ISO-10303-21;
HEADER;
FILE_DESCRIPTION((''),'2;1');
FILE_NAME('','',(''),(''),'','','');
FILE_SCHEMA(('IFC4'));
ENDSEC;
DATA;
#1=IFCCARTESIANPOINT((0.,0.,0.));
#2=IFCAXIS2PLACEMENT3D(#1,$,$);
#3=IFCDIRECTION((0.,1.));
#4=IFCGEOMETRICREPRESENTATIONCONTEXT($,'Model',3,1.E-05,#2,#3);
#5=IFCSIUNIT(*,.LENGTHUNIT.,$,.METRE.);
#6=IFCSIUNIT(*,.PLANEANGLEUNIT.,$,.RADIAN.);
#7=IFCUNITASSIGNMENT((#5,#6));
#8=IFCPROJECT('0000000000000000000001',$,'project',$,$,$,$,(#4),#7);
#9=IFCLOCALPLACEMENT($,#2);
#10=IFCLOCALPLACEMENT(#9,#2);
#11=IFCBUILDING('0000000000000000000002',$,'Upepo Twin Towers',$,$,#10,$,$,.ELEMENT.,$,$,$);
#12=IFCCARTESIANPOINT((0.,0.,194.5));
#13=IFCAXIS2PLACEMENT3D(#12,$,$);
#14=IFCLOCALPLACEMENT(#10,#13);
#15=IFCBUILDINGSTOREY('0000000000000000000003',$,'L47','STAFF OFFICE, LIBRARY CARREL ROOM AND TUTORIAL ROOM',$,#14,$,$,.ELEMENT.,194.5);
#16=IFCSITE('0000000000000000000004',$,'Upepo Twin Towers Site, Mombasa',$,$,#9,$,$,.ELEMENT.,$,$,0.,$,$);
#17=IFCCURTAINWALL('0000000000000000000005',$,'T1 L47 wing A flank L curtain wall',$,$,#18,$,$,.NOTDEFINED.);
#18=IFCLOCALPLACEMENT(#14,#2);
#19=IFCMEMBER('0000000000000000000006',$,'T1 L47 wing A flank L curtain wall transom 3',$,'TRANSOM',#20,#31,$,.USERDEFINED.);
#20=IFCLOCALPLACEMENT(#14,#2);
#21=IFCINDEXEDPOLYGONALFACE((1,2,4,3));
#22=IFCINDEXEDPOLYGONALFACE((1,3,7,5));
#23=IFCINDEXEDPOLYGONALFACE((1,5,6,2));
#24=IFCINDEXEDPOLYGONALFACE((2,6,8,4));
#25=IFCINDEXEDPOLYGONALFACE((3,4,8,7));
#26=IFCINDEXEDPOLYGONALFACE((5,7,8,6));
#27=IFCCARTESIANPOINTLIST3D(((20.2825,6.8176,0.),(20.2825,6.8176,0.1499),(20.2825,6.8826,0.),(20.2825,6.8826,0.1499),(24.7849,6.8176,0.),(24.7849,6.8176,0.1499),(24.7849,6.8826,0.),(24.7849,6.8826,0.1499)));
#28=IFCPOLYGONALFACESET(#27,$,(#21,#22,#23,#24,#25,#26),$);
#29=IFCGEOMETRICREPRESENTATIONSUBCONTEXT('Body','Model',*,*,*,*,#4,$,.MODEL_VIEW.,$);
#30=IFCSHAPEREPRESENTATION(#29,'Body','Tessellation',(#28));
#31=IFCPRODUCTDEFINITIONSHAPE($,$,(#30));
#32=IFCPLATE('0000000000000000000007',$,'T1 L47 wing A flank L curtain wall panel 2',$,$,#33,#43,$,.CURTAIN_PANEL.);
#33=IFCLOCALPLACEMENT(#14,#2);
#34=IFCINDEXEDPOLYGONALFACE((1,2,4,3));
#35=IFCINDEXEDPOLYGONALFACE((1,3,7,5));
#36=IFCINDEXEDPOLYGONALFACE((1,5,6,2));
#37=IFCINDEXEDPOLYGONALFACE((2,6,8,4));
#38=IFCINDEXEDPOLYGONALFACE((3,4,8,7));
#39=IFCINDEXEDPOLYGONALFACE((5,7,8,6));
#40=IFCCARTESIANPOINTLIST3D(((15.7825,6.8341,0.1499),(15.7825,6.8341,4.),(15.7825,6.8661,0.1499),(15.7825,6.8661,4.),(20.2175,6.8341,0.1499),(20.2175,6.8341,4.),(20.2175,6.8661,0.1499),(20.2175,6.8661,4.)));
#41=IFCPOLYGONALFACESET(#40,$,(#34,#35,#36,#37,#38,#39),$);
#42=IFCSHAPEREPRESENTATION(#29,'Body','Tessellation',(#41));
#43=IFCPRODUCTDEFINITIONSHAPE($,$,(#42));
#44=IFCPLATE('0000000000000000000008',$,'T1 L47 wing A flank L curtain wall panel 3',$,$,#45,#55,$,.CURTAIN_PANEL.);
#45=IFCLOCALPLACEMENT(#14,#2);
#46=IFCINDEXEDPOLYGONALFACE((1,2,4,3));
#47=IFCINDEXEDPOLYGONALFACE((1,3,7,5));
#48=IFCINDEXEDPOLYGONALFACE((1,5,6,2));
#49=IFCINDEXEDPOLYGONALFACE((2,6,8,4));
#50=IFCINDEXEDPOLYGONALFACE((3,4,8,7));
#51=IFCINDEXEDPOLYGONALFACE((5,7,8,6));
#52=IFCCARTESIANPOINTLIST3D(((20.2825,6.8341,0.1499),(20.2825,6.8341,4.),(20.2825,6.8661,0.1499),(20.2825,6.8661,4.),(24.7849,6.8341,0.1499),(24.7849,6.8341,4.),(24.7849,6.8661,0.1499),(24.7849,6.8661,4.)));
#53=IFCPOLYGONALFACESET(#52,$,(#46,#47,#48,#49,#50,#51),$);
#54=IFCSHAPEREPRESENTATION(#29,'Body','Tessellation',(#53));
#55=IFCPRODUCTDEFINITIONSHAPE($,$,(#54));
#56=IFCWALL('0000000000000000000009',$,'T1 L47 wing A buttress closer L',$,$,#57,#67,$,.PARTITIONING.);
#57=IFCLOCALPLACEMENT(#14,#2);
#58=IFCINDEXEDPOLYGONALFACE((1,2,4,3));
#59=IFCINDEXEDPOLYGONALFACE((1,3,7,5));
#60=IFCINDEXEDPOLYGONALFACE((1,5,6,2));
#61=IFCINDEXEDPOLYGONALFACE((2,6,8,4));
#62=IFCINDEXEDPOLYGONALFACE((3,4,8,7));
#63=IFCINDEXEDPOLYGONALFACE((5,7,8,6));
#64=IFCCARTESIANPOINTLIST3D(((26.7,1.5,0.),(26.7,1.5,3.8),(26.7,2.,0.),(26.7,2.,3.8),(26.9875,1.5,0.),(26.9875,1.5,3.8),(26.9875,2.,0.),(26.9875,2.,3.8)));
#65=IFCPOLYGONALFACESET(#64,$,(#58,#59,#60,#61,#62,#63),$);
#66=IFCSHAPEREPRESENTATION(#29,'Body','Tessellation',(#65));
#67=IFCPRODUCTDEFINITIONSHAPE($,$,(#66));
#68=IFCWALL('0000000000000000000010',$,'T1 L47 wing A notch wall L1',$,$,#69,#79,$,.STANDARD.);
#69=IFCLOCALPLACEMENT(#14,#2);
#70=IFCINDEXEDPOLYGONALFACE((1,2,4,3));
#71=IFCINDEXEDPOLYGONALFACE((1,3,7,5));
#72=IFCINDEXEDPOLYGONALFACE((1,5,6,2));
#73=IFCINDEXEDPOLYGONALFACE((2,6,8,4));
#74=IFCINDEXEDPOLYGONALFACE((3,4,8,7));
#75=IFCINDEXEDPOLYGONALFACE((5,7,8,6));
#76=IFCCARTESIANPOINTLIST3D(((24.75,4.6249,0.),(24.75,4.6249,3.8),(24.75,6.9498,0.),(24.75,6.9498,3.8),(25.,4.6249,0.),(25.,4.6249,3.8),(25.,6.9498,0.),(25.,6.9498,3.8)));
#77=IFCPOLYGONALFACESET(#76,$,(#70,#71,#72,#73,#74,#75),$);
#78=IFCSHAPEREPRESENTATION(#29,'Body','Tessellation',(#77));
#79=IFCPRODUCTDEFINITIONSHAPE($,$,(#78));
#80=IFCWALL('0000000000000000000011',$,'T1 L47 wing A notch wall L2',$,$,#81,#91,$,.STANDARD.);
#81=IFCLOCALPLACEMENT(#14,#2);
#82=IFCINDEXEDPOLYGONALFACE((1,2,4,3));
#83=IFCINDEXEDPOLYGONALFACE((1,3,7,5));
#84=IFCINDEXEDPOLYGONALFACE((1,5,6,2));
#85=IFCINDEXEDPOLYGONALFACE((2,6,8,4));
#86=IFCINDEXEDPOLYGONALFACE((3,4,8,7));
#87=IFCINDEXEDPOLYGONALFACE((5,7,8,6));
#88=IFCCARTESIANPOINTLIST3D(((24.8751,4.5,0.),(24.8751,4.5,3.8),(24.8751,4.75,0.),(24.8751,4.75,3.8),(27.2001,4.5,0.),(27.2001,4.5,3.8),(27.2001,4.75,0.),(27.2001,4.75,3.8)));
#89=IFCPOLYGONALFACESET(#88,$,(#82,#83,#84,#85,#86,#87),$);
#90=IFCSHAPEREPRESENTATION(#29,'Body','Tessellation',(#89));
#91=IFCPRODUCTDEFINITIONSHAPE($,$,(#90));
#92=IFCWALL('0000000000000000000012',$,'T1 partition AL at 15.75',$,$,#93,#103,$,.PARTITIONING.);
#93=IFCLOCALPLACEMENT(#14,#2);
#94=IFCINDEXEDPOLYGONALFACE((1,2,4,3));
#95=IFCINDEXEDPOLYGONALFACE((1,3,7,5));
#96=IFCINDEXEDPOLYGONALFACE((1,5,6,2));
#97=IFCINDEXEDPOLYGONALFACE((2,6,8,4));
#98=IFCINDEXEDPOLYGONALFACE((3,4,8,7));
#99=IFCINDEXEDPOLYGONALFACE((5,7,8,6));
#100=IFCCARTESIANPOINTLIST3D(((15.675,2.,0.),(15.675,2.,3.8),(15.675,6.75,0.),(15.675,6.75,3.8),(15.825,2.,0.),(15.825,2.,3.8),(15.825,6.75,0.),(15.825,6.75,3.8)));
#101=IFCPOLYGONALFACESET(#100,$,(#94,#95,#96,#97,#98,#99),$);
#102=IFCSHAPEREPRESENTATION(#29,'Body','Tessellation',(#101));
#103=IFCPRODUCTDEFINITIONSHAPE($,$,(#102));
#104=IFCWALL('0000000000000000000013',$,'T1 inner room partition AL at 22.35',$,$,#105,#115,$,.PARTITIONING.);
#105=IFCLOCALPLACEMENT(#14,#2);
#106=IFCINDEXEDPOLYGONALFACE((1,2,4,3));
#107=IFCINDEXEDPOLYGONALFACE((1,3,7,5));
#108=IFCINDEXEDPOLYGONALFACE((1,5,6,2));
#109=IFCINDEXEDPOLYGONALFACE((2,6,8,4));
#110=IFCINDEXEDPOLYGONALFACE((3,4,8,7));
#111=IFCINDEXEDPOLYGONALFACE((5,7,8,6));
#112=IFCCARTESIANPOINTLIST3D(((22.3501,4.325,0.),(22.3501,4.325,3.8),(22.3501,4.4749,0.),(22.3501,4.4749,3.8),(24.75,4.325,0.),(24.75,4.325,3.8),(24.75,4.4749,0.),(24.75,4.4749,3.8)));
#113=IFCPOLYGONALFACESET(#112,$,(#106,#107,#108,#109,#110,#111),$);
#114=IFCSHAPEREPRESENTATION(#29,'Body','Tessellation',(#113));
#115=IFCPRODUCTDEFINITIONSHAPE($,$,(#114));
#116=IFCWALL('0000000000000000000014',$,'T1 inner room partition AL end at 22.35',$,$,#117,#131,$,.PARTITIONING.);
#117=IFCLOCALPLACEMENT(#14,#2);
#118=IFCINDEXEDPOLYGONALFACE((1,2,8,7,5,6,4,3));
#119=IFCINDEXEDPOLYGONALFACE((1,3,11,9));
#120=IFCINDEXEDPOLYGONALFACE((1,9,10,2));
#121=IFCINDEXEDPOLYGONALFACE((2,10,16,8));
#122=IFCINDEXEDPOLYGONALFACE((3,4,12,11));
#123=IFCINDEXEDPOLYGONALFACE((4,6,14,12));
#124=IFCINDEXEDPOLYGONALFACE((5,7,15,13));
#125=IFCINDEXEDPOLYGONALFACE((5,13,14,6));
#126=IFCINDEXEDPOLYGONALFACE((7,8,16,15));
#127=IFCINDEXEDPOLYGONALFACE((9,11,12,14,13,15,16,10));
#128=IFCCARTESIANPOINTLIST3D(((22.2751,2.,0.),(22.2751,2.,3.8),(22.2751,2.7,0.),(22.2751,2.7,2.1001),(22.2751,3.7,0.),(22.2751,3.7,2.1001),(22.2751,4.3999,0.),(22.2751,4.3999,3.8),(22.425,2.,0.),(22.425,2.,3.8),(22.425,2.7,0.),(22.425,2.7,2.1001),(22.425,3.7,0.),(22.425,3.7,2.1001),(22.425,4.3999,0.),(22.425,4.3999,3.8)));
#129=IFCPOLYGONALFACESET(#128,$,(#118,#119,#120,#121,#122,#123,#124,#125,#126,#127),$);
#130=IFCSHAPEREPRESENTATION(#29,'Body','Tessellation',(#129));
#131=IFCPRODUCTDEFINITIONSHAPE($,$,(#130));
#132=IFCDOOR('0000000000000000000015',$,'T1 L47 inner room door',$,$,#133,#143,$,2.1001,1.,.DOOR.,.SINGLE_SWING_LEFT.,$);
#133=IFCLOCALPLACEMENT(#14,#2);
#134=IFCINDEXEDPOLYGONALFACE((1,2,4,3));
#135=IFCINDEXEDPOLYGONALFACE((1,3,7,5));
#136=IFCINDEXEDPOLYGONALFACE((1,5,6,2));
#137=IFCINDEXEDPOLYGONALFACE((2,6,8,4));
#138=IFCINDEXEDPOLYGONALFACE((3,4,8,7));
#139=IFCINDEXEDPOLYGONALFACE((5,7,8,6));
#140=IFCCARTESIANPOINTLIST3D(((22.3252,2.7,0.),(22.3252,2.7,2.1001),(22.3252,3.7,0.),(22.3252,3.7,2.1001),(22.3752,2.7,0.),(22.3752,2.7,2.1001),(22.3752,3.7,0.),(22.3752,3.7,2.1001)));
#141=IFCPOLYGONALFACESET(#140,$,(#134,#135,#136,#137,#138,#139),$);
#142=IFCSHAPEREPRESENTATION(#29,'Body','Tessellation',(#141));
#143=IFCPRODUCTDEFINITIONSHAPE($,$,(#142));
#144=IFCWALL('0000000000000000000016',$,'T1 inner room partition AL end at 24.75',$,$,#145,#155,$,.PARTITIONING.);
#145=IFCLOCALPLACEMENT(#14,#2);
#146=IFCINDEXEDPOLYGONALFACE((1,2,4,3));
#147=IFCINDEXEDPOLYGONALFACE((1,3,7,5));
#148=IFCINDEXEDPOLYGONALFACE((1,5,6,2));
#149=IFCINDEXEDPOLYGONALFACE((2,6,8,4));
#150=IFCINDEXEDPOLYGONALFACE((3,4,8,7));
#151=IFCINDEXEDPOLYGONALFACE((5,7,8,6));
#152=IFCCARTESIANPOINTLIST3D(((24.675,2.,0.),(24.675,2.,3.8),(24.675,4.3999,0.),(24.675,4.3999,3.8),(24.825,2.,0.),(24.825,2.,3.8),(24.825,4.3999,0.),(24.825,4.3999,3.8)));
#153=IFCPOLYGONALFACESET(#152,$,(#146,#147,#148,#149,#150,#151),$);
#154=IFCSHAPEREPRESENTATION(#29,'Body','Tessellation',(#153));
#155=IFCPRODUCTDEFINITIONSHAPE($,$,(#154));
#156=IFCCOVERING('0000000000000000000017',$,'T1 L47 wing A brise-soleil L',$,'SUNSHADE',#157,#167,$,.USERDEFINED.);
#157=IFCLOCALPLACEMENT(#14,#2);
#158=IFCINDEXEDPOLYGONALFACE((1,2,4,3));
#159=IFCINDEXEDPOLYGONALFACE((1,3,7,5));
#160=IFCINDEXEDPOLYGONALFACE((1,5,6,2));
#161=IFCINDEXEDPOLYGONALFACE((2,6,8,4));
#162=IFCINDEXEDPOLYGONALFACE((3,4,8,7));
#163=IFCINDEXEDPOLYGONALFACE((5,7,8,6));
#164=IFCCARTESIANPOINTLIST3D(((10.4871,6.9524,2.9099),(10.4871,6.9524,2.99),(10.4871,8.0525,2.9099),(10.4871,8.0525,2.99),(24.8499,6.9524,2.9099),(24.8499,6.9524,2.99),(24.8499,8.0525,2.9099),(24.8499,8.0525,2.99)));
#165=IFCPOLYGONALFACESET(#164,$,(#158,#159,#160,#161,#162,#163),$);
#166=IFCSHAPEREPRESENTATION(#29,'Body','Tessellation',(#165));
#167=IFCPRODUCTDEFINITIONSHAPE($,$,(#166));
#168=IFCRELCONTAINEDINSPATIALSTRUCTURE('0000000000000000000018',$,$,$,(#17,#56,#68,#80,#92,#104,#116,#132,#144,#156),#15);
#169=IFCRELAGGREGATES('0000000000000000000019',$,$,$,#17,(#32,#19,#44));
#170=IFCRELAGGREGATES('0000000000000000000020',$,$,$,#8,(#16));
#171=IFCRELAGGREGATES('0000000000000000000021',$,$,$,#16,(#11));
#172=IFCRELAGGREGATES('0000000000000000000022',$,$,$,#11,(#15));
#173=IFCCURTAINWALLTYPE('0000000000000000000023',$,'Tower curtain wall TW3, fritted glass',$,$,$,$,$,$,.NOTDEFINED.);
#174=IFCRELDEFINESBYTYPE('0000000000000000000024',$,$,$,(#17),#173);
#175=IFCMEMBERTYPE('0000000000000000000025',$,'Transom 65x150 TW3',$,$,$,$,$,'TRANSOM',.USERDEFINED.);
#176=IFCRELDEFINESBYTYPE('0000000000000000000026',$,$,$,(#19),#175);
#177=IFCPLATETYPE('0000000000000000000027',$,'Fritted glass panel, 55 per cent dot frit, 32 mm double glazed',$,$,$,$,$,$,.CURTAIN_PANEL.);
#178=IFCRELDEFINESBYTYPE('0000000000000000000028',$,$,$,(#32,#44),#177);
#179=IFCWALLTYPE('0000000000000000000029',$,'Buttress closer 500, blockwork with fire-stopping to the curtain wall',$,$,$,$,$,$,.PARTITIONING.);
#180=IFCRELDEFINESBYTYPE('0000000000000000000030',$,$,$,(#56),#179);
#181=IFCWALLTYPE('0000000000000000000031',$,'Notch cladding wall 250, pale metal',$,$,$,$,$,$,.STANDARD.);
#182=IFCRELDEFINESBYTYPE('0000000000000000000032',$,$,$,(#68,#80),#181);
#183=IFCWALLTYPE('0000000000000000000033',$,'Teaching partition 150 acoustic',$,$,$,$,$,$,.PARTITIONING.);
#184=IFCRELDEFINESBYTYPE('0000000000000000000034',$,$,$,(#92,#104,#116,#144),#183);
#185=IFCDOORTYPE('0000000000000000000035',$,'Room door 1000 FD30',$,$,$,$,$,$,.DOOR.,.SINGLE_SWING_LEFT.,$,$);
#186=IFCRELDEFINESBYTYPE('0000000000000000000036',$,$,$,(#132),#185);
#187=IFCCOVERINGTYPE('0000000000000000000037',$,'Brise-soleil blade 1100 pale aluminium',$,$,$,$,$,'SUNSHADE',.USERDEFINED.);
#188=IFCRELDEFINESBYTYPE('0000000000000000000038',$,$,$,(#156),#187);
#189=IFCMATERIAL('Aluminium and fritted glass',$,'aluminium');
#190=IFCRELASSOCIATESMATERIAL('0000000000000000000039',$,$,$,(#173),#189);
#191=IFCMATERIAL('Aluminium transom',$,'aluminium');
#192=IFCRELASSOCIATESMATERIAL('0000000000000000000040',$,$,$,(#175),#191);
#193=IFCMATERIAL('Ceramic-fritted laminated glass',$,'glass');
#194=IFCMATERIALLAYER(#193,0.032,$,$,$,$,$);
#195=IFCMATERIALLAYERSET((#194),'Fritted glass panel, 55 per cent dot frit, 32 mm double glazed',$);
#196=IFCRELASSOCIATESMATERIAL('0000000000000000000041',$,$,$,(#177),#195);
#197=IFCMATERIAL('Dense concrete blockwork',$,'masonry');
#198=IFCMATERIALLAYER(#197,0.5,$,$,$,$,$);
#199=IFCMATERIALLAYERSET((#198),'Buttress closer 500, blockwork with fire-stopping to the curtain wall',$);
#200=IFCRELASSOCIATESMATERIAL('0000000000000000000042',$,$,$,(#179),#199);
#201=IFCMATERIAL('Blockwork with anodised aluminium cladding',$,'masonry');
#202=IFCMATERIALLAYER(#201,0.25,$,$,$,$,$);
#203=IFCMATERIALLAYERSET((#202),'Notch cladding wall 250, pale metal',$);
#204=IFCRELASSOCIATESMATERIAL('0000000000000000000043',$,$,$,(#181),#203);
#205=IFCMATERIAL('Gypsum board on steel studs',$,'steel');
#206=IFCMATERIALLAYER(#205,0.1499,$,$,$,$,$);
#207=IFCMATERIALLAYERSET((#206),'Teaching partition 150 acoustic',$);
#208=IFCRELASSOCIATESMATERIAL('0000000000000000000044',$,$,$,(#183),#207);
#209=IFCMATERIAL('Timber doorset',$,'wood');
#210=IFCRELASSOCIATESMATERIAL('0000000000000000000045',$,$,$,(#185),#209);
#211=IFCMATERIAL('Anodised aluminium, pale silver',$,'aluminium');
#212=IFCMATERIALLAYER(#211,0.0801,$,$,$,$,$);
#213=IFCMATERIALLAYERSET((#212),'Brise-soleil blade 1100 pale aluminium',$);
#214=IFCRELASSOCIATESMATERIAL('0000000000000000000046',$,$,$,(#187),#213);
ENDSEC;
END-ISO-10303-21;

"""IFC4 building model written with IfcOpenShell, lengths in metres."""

from ifc_helpers import new_model, si_unit, direction, frame, frame_2d, origin, origin_2d, place, context, subcontext, project, spatial, rectangle, extrude, material, layer, layer_set, material_profile, profile_set, type_object, element, fill, aggregate, save


model = new_model("IFC4")

# Units and contexts
model_context = context("Model", 3, precision=1e-05, world=origin(), true_north=direction((0.0, 1.0)))
body_context = subcontext(model_context, "Body", "Model", "MODEL_VIEW")
ifc_project = project(units=[si_unit("LENGTHUNIT", "METRE"), si_unit("PLANEANGLEUNIT", "RADIAN")], contexts=[model_context])

# Site, building, storey
site_placement = place(None, origin())
site = spatial("IfcSite", under=ifc_project, at=site_placement, Name="Upepo Twin Towers Site, Mombasa", CompositionType="ELEMENT", RefElevation=0.0)
building_placement = place(site_placement, origin())
building = spatial("IfcBuilding", under=site, at=building_placement, Name="Upepo Twin Towers", CompositionType="ELEMENT")
storey_placement = place(building_placement, frame((0.0, 0.0, 194.5)))
storey = spatial("IfcBuildingStorey", under=building, at=storey_placement, Name="L47", Description="STAFF OFFICE, LIBRARY CARREL ROOM AND TUTORIAL ROOM", CompositionType="ELEMENT", Elevation=194.5)

# Curtain wall
ifc_material_1 = material(Name="Aluminium and fritted glass", Category="aluminium")
curtain_wall_type = type_object("IfcCurtainWallType", Name="Tower curtain wall TW3, fritted glass", PredefinedType="NOTDEFINED", material=ifc_material_1)
curtain_wall_1_placement = place(storey_placement, origin())
curtain_wall_1 = element("IfcCurtainWall", 1, at=curtain_wall_1_placement, inside=storey, type_object=curtain_wall_type, Name="T1 L47 wing A flank L curtain wall", PredefinedType="NOTDEFINED")

# Member
ifc_material_2 = material(Name="Aluminium transom", Category="aluminium")
ifc_material_profile_1 = material_profile(ifc_material_2, rectangle(XDim=0.0649, YDim=0.1499, at=origin_2d()), Name="TRANSOM 65x150")
ifc_profile_set_1 = profile_set([ifc_material_profile_1], Name="Aluminium transom")
member_type_1 = type_object("IfcMemberType", Name="Transom 65x150 TW3", ElementType="TRANSOM", PredefinedType="USERDEFINED", material=ifc_profile_set_1)
member_1_placement = place(storey_placement, frame((20.2825, 6.8501, 0.075), z_axis=(1.0, 0.0, 0.0), x_axis=(0.0, 1.0, 0.0)))
member_1 = element("IfcMember", 2, at=member_1_placement, type_object=member_type_1, Name="T1 L47 wing A flank L curtain wall transom 3", ObjectType="TRANSOM", PredefinedType="USERDEFINED", context=body_context, shape_type="SweptSolid", body=[
    extrude(rectangle(XDim=0.0649, YDim=0.1499, at=origin_2d()), origin(), (0.0, 0.0, 1.0), 4.5024),
])

# Plates
ifc_material_3 = material(Name="Ceramic-fritted laminated glass", Category="glass")
ifc_layer_1 = layer(ifc_material_3, 0.032)
ifc_layer_set_1 = layer_set([ifc_layer_1], Name="Fritted glass panel, 55 per cent dot frit, 32 mm double glazed")
plate_type = type_object("IfcPlateType", Name="Fritted glass panel, 55 per cent dot frit, 32 mm double glazed", PredefinedType="CURTAIN_PANEL", material=ifc_layer_set_1)
plate_1_placement = place(storey_placement, frame((18.0, 6.8501, 0.1499), z_axis=(0.0, 0.0, 1.0), x_axis=(1.0, 0.0, 0.0)))
plate_1 = element("IfcPlate", 3, at=plate_1_placement, type_object=plate_type, Name="T1 L47 wing A flank L curtain wall panel 2", PredefinedType="CURTAIN_PANEL", context=body_context, shape_type="SweptSolid", body=[
    extrude(rectangle(XDim=4.4351, YDim=0.032, at=origin_2d()), origin(), (0.0, 0.0, 1.0), 3.8501),
])
plate_2_placement = place(storey_placement, frame((22.5337, 6.8501, 0.1499), z_axis=(0.0, 0.0, 1.0), x_axis=(1.0, 0.0, 0.0)))
plate_2 = element("IfcPlate", 4, at=plate_2_placement, type_object=plate_type, Name="T1 L47 wing A flank L curtain wall panel 3", PredefinedType="CURTAIN_PANEL", context=body_context, shape_type="SweptSolid", body=[
    extrude(rectangle(XDim=4.5024, YDim=0.032, at=origin_2d()), origin(), (0.0, 0.0, 1.0), 3.8501),
])
aggregate(curtain_wall_1, [plate_1, member_1, plate_2])

# Walls
ifc_material_4 = material(Name="Dense concrete blockwork", Category="masonry")
ifc_layer_2 = layer(ifc_material_4, 0.5)
ifc_layer_set_2 = layer_set([ifc_layer_2], Name="Buttress closer 500, blockwork with fire-stopping to the curtain wall")
wall_type_1 = type_object("IfcWallType", Name="Buttress closer 500, blockwork with fire-stopping to the curtain wall", PredefinedType="PARTITIONING", material=ifc_layer_set_2)
wall_1_placement = place(storey_placement, frame((26.7, 1.75, 0.0), z_axis=(0.0, 0.0, 1.0), x_axis=(1.0, 0.0, 0.0)))
element("IfcWall", 5, at=wall_1_placement, inside=storey, type_object=wall_type_1, Name="T1 L47 wing A buttress closer L", PredefinedType="PARTITIONING", context=body_context, shape_type="SweptSolid", body=[
    extrude(rectangle(XDim=0.2876, YDim=0.5, at=frame_2d((0.1438, 0.0))), origin(), (0.0, 0.0, 1.0), 3.8),
])
ifc_material_5 = material(Name="Blockwork with anodised aluminium cladding", Category="masonry")
ifc_layer_3 = layer(ifc_material_5, 0.25)
ifc_layer_set_3 = layer_set([ifc_layer_3], Name="Notch cladding wall 250, pale metal")
wall_type_2 = type_object("IfcWallType", Name="Notch cladding wall 250, pale metal", PredefinedType="STANDARD", material=ifc_layer_set_3)
for number, where, z_axis, x_axis, name in (
    (6, (24.875, 6.95, 0.0), (0.0, 0.0, 1.0), (0.0, -1.0, 0.0), "T1 L47 wing A notch wall L1"),
    (7, (24.875, 4.625, 0.0), (0.0, 0.0, 1.0), (1.0, 0.0, 0.0), "T1 L47 wing A notch wall L2"),
):
    element("IfcWall", number, at=place(storey_placement, frame(where, z_axis=z_axis, x_axis=x_axis)), inside=storey, type_object=wall_type_2, Name=name, PredefinedType="STANDARD", context=body_context, shape_type="SweptSolid", body=[
        extrude(rectangle(XDim=2.325, YDim=0.25, at=frame_2d((1.1626, 0.0))), origin(), (0.0, 0.0, 1.0), 3.8),
    ])
ifc_material_6 = material(Name="Gypsum board on steel studs", Category="steel")
ifc_layer_4 = layer(ifc_material_6, 0.1499)
ifc_layer_set_4 = layer_set([ifc_layer_4], Name="Teaching partition 150 acoustic")
wall_type_3 = type_object("IfcWallType", Name="Teaching partition 150 acoustic", PredefinedType="PARTITIONING", material=ifc_layer_set_4)
wall_2_placement = place(storey_placement, frame((15.75, 2.0, 0.0), z_axis=(0.0, 0.0, 1.0), x_axis=(0.0, 1.0, 0.0)))
element("IfcWall", 8, at=wall_2_placement, inside=storey, type_object=wall_type_3, Name="T1 partition AL at 15.75", PredefinedType="PARTITIONING", context=body_context, shape_type="SweptSolid", body=[
    extrude(rectangle(XDim=4.75, YDim=0.1499, at=frame_2d((2.375, 0.0))), origin(), (0.0, 0.0, 1.0), 3.8),
])
wall_3_placement = place(storey_placement, frame((22.3501, 4.3999, 0.0), z_axis=(0.0, 0.0, 1.0), x_axis=(1.0, 0.0, 0.0)))
element("IfcWall", 9, at=wall_3_placement, inside=storey, type_object=wall_type_3, Name="T1 inner room partition AL at 22.35", PredefinedType="PARTITIONING", context=body_context, shape_type="SweptSolid", body=[
    extrude(rectangle(XDim=2.3999, YDim=0.1499, at=frame_2d((1.2, 0.0))), origin(), (0.0, 0.0, 1.0), 3.8),
])

# Wall, opening, door
wall_4_placement = place(storey_placement, frame((22.3501, 2.0, 0.0), z_axis=(0.0, 0.0, 1.0), x_axis=(0.0, 1.0, 0.0)))
wall_4 = element("IfcWall", 10, at=wall_4_placement, inside=storey, type_object=wall_type_3, Name="T1 inner room partition AL end at 22.35", PredefinedType="PARTITIONING", context=body_context, shape_type="SweptSolid", body=[
    extrude(rectangle(XDim=2.3999, YDim=0.1499, at=frame_2d((1.2, 0.0))), origin(), (0.0, 0.0, 1.0), 3.8),
])
opening_placement = place(wall_4_placement, frame((0.7, 0.0, 0.0)))
opening = element("IfcOpeningElement", 11, at=opening_placement, cuts=wall_4, PredefinedType="OPENING", context=body_context, shape_type="SweptSolid", body=[
    extrude(rectangle(XDim=1.0, YDim=2.1001, at=frame_2d((0.5, 1.05))), frame((0.0, 0.085, 0.0), z_axis=(0.0, -1.0, 0.0), x_axis=(1.0, 0.0, 0.0)), (0.0, 0.0, 1.0), 0.1699),
])
ifc_material_7 = material(Name="Timber doorset", Category="wood")
door_type = type_object("IfcDoorType", Name="Room door 1000 FD30", OperationType="SINGLE_SWING_LEFT", PredefinedType="DOOR", material=ifc_material_7)
door_placement = place(opening_placement, origin())
door = element("IfcDoor", 12, at=door_placement, inside=storey, type_object=door_type, Name="T1 L47 inner room door", OperationType="SINGLE_SWING_LEFT", OverallHeight=2.1001, OverallWidth=1.0, PredefinedType="DOOR", context=body_context, shape_type="SweptSolid", body=[
    extrude(rectangle(XDim=1.0, YDim=2.1001, at=frame_2d((0.5, 1.05))), frame((0.0, 0.0249, 0.0), z_axis=(0.0, -1.0, 0.0), x_axis=(1.0, 0.0, 0.0)), (0.0, 0.0, 1.0), 0.05),
])
fill(opening, door)

# Wall
wall_5_placement = place(storey_placement, frame((24.75, 2.0, 0.0), z_axis=(0.0, 0.0, 1.0), x_axis=(0.0, 1.0, 0.0)))
element("IfcWall", 13, at=wall_5_placement, inside=storey, type_object=wall_type_3, Name="T1 inner room partition AL end at 24.75", PredefinedType="PARTITIONING", context=body_context, shape_type="SweptSolid", body=[
    extrude(rectangle(XDim=2.3999, YDim=0.1499, at=frame_2d((1.2, 0.0))), origin(), (0.0, 0.0, 1.0), 3.8),
])

# Covering
ifc_material_8 = material(Name="Anodised aluminium, pale silver", Category="aluminium")
ifc_layer_5 = layer(ifc_material_8, 0.0801)
ifc_layer_set_5 = layer_set([ifc_layer_5], Name="Brise-soleil blade 1100 pale aluminium")
covering_type = type_object("IfcCoveringType", Name="Brise-soleil blade 1100 pale aluminium", ElementType="SUNSHADE", PredefinedType="USERDEFINED", material=ifc_layer_set_5)
covering_placement = place(storey_placement, frame((17.6685, 7.5024, 2.9099), z_axis=(0.0, 0.0, 1.0), x_axis=(1.0, 0.0, 0.0)))
element("IfcCovering", 14, at=covering_placement, inside=storey, type_object=covering_type, Name="T1 L47 wing A brise-soleil L", ObjectType="SUNSHADE", PredefinedType="USERDEFINED", context=body_context, shape_type="SweptSolid", body=[
    extrude(rectangle(XDim=14.3628, YDim=1.1001, at=origin_2d()), origin(), (0.0, 0.0, 1.0), 0.0801),
])

save(model, "model.ifc")
